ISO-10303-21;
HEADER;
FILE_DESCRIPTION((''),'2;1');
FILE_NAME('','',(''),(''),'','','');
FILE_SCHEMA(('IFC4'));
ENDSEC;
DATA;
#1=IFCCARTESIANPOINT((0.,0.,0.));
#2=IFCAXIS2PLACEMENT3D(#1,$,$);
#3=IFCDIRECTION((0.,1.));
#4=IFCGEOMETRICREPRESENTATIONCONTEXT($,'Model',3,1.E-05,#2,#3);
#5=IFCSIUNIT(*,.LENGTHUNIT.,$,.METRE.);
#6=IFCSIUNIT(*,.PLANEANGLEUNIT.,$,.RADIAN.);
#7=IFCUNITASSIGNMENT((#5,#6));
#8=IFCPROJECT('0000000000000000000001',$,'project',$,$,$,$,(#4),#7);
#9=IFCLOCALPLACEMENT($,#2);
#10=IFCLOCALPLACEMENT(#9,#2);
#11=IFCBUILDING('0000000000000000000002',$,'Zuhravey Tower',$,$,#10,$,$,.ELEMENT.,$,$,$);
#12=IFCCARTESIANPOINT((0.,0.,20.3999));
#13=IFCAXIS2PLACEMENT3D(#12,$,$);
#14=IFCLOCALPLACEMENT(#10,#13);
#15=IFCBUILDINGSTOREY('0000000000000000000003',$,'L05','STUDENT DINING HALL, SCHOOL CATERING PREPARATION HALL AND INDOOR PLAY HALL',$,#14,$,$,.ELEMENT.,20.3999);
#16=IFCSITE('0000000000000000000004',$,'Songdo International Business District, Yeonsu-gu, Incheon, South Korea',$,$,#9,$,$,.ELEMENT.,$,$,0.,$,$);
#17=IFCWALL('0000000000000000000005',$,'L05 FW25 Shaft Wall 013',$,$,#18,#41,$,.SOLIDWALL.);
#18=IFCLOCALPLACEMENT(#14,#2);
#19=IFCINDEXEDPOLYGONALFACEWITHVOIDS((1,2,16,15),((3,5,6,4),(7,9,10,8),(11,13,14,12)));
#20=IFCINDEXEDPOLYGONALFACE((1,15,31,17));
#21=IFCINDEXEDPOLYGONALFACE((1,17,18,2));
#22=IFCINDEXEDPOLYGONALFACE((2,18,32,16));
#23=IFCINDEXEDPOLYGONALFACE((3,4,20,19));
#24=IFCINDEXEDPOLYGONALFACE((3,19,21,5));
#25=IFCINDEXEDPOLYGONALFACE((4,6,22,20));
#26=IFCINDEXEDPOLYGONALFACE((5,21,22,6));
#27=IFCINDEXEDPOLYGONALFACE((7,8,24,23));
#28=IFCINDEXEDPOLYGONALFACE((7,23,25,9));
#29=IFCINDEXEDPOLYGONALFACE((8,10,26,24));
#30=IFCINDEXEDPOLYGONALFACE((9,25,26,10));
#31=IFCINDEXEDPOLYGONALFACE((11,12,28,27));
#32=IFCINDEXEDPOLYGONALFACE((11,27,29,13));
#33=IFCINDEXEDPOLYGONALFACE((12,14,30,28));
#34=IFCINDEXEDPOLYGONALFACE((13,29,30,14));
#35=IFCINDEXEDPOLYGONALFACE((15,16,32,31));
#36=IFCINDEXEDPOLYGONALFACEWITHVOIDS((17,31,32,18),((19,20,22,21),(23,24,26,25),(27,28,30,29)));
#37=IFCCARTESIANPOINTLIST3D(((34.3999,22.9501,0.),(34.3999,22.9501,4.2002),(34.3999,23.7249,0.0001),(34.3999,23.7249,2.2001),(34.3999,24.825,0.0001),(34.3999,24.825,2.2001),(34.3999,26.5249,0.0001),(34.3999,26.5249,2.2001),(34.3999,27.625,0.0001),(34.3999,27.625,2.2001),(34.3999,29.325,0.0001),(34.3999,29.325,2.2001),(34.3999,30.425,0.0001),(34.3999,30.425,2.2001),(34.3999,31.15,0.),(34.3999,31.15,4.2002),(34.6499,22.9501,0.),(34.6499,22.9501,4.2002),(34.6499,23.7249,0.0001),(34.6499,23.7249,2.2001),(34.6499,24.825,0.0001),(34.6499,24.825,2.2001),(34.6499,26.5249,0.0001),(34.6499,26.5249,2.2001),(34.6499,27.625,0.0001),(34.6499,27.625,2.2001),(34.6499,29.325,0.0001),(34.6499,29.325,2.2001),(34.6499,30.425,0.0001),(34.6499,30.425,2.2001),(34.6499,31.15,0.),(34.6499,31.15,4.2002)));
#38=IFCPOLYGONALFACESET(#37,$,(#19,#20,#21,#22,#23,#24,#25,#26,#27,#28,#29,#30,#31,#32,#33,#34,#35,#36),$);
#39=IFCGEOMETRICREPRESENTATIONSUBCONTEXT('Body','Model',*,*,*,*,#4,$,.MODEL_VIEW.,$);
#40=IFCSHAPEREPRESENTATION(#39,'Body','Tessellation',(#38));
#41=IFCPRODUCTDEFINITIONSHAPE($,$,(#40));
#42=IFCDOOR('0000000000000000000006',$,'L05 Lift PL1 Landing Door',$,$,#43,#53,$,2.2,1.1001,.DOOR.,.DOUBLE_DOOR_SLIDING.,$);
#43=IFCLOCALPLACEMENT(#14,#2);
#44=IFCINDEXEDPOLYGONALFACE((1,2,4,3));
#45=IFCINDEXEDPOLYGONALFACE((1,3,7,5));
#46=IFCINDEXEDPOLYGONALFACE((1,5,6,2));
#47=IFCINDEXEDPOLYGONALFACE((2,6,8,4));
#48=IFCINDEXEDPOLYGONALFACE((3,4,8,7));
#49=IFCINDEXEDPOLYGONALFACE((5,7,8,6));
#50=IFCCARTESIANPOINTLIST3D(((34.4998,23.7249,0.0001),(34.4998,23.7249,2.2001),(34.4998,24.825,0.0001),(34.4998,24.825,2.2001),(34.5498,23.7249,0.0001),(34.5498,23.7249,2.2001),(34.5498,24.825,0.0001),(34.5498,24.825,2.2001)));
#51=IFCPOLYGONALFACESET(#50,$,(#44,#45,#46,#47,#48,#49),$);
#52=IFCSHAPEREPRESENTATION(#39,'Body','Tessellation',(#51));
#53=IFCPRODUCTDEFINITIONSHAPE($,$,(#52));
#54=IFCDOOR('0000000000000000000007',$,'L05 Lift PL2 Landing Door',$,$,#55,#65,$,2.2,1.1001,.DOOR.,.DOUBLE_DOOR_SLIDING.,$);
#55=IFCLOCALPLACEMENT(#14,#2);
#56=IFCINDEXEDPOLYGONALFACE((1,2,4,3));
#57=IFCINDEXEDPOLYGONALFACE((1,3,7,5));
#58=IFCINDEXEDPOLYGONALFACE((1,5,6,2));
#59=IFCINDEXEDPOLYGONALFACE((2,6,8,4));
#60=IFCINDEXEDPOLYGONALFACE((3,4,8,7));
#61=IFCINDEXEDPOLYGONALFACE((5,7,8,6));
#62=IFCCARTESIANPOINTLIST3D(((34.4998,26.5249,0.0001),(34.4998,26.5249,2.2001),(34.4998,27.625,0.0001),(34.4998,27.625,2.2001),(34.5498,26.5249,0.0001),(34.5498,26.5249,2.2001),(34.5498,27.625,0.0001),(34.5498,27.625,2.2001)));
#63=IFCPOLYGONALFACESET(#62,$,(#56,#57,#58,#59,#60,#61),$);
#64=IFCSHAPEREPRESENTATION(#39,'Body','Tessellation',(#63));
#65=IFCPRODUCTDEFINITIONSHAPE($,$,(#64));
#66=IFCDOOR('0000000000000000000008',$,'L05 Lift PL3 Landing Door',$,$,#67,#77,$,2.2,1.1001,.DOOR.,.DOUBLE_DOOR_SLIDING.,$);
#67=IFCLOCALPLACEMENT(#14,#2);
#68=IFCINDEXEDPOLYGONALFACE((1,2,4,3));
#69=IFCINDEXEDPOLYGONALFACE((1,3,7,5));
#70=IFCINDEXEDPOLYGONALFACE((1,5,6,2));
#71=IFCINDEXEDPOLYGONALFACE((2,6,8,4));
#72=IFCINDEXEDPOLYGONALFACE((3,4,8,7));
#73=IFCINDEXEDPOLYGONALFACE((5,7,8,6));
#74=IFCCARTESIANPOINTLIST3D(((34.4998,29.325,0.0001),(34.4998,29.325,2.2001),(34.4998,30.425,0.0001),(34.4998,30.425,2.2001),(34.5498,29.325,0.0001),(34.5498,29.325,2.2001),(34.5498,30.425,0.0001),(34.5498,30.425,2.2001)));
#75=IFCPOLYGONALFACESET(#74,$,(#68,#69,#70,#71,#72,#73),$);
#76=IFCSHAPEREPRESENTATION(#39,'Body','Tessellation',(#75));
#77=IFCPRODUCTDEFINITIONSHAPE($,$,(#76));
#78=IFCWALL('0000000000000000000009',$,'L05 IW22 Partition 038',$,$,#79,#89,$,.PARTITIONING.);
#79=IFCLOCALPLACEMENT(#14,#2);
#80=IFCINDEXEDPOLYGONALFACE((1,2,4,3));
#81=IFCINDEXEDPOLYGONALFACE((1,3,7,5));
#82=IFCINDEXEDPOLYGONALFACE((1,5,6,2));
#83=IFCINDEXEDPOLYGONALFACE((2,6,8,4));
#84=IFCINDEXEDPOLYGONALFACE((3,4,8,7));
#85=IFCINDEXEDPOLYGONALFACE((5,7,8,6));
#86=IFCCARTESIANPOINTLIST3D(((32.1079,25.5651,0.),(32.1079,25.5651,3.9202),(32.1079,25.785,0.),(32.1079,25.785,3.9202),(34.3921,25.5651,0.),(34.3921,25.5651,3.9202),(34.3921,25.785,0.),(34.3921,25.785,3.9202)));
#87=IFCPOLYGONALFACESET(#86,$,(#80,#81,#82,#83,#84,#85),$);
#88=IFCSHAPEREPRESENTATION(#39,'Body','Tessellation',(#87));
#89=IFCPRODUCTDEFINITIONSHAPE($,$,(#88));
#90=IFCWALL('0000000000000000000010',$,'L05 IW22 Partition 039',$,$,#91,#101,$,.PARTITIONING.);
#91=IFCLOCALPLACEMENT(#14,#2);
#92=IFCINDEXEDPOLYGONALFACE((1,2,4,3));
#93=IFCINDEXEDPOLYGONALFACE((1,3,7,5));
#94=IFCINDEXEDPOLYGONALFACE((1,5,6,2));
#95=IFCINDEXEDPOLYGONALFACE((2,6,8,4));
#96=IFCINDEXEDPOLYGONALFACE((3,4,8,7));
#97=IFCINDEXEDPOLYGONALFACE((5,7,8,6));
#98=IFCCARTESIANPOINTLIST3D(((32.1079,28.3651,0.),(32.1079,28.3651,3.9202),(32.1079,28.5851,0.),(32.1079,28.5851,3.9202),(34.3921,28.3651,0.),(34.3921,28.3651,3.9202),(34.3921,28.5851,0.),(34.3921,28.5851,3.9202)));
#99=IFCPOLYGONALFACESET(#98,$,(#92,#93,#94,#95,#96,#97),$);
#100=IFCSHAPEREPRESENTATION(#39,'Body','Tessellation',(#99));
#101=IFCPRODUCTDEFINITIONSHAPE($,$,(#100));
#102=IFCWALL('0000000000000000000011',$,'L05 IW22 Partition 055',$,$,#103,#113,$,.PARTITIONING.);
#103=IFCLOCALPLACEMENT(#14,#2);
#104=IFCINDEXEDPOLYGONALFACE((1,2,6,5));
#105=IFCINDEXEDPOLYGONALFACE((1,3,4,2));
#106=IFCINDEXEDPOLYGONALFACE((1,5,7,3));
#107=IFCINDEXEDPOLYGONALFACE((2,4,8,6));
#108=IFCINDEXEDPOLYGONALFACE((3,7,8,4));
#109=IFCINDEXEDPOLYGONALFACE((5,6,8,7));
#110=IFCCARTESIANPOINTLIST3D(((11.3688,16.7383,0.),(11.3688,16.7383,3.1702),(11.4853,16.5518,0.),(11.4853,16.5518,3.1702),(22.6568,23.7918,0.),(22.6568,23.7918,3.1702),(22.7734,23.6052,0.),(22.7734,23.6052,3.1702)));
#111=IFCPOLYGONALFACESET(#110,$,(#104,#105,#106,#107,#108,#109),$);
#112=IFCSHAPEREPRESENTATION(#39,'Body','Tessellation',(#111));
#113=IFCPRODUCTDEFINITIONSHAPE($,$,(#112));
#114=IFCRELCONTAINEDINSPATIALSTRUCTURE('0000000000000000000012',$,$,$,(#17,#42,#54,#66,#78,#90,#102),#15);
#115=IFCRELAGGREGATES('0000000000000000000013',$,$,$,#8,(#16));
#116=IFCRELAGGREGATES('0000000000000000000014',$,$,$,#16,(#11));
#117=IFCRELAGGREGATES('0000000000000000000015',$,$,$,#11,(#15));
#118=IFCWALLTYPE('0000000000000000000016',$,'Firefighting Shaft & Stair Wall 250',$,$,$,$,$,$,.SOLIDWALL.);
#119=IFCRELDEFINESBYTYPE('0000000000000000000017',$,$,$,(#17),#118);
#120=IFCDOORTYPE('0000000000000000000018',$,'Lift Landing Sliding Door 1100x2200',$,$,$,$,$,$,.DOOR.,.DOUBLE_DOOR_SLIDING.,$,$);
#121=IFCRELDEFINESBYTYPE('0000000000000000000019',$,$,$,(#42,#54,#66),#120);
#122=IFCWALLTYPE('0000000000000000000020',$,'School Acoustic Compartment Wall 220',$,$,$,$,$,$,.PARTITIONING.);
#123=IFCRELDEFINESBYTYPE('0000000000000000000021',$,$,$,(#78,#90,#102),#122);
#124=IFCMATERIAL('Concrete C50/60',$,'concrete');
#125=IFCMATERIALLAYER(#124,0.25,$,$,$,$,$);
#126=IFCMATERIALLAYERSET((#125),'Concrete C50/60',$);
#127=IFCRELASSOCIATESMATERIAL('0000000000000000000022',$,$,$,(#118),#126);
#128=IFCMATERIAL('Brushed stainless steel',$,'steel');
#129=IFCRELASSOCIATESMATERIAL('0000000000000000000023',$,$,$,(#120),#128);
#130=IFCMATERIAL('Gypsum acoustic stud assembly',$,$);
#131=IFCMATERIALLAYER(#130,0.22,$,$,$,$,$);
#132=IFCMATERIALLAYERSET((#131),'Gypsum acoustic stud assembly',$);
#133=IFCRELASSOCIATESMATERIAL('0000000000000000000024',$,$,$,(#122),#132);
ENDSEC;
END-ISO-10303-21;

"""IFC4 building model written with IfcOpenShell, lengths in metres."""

from ifc_helpers import new_model, si_unit, direction, frame, frame_2d, origin, place, context, subcontext, project, spatial, rectangle, extrude, material, layer, layer_set, type_object, element, fill, save


model = new_model("IFC4")

# Units and contexts
model_context = context("Model", 3, precision=1e-05, world=origin(), true_north=direction((0.0, 1.0)))
body_context = subcontext(model_context, "Body", "Model", "MODEL_VIEW")
ifc_project = project(units=[si_unit("LENGTHUNIT", "METRE"), si_unit("PLANEANGLEUNIT", "RADIAN")], contexts=[model_context])

# Site, building, storey
site_placement = place(None, origin())
site = spatial("IfcSite", under=ifc_project, at=site_placement, Name="Songdo International Business District, Yeonsu-gu, Incheon, South Korea", CompositionType="ELEMENT", RefElevation=0.0)
building_placement = place(site_placement, origin())
building = spatial("IfcBuilding", under=site, at=building_placement, Name="Zuhravey Tower", CompositionType="ELEMENT")
storey_placement = place(building_placement, frame((0.0, 0.0, 20.3999)))
storey = spatial("IfcBuildingStorey", under=building, at=storey_placement, Name="L05", Description="STUDENT DINING HALL, SCHOOL CATERING PREPARATION HALL AND INDOOR PLAY HALL", CompositionType="ELEMENT", Elevation=20.3999)

# Shared definitions
ifc_material_1 = material(Name="Concrete C50/60", Category="concrete")
ifc_layer_1 = layer(ifc_material_1, 0.25)
ifc_layer_set_1 = layer_set([ifc_layer_1], Name="Concrete C50/60")
wall_type_1 = type_object("IfcWallType", Name="Firefighting Shaft & Stair Wall 250", PredefinedType="SOLIDWALL", material=ifc_layer_set_1)

# Shared definitions
ifc_material_2 = material(Name="Brushed stainless steel", Category="steel")

# Wall, openings, doors
wall_1_placement = place(storey_placement, frame((34.5249, 22.95, 0.0), z_axis=(0.0, 0.0, 1.0), x_axis=(0.0, 1.0, 0.0)))
wall_1 = element("IfcWall", 1, at=wall_1_placement, inside=storey, type_object=wall_type_1, Name="L05 FW25 Shaft Wall 013", PredefinedType="SOLIDWALL", context=body_context, shape_type="SweptSolid", body=[
    extrude(rectangle(XDim=8.2, YDim=0.25, at=frame_2d((4.1001, 0.0))), origin(), (0.0, 0.0, 1.0), 4.2002),
])
opening_1_placement = place(wall_1_placement, frame((0.7749, 0.0, 0.0)))
opening_1 = element("IfcOpeningElement", 2, at=opening_1_placement, cuts=wall_1, PredefinedType="OPENING", context=body_context, shape_type="SweptSolid", body=[
    extrude(rectangle(XDim=1.1001, YDim=2.2, at=frame_2d((0.55, 1.1001))), frame((0.0, 0.137, 0.0), z_axis=(0.0, -1.0, 0.0), x_axis=(1.0, 0.0, 0.0)), (0.0, 0.0, 1.0), 0.2739),
])
opening_2_placement = place(wall_1_placement, frame((3.575, 0.0, 0.0)))
opening_2 = element("IfcOpeningElement", 3, at=opening_2_placement, cuts=wall_1, PredefinedType="OPENING", context=body_context, shape_type="SweptSolid", body=[
    extrude(rectangle(XDim=1.1001, YDim=2.2, at=frame_2d((0.55, 1.1001))), frame((0.0, 0.137, 0.0), z_axis=(0.0, -1.0, 0.0), x_axis=(1.0, 0.0, 0.0)), (0.0, 0.0, 1.0), 0.2739),
])
opening_3_placement = place(wall_1_placement, frame((6.375, 0.0, 0.0)))
opening_3 = element("IfcOpeningElement", 4, at=opening_3_placement, cuts=wall_1, PredefinedType="OPENING", context=body_context, shape_type="SweptSolid", body=[
    extrude(rectangle(XDim=1.1001, YDim=2.2, at=frame_2d((0.55, 1.1001))), frame((0.0, 0.137, 0.0), z_axis=(0.0, -1.0, 0.0), x_axis=(1.0, 0.0, 0.0)), (0.0, 0.0, 1.0), 0.2739),
])
door_type_1 = type_object("IfcDoorType", Name="Lift Landing Sliding Door 1100x2200", OperationType="DOUBLE_DOOR_SLIDING", PredefinedType="DOOR", material=ifc_material_2)
door_1_placement = place(opening_1_placement, frame((1.1001, 0.0, 0.0), z_axis=(0.0, 0.0, 1.0), x_axis=(-1.0, 0.0, 0.0)))
door_1 = element("IfcDoor", 5, at=door_1_placement, inside=storey, type_object=door_type_1, Name="L05 Lift PL1 Landing Door", OperationType="DOUBLE_DOOR_SLIDING", OverallHeight=2.2, OverallWidth=1.1001, PredefinedType="DOOR", context=body_context, shape_type="SweptSolid", body=[
    extrude(rectangle(XDim=1.1001, YDim=2.2, at=frame_2d((0.55, 1.1001))), frame((0.0, 0.0249, 0.0), z_axis=(0.0, -1.0, 0.0), x_axis=(1.0, 0.0, 0.0)), (0.0, 0.0, 1.0), 0.05),
])
fill(opening_1, door_1)
door_2_placement = place(opening_2_placement, frame((1.1001, 0.0, 0.0), z_axis=(0.0, 0.0, 1.0), x_axis=(-1.0, 0.0, 0.0)))
door_2 = element("IfcDoor", 6, at=door_2_placement, inside=storey, type_object=door_type_1, Name="L05 Lift PL2 Landing Door", OperationType="DOUBLE_DOOR_SLIDING", OverallHeight=2.2, OverallWidth=1.1001, PredefinedType="DOOR", context=body_context, shape_type="SweptSolid", body=[
    extrude(rectangle(XDim=1.1001, YDim=2.2, at=frame_2d((0.55, 1.1001))), frame((0.0, 0.0249, 0.0), z_axis=(0.0, -1.0, 0.0), x_axis=(1.0, 0.0, 0.0)), (0.0, 0.0, 1.0), 0.05),
])
fill(opening_2, door_2)
door_3_placement = place(opening_3_placement, frame((1.1001, 0.0, 0.0), z_axis=(0.0, 0.0, 1.0), x_axis=(-1.0, 0.0, 0.0)))
door_3 = element("IfcDoor", 7, at=door_3_placement, inside=storey, type_object=door_type_1, Name="L05 Lift PL3 Landing Door", OperationType="DOUBLE_DOOR_SLIDING", OverallHeight=2.2, OverallWidth=1.1001, PredefinedType="DOOR", context=body_context, shape_type="SweptSolid", body=[
    extrude(rectangle(XDim=1.1001, YDim=2.2, at=frame_2d((0.55, 1.1001))), frame((0.0, 0.0249, 0.0), z_axis=(0.0, -1.0, 0.0), x_axis=(1.0, 0.0, 0.0)), (0.0, 0.0, 1.0), 0.05),
])
fill(opening_3, door_3)

# Walls
ifc_material_3 = material(Name="Gypsum acoustic stud assembly")
ifc_layer_2 = layer(ifc_material_3, 0.22)
ifc_layer_set_2 = layer_set([ifc_layer_2], Name="Gypsum acoustic stud assembly")
wall_type_2 = type_object("IfcWallType", Name="School Acoustic Compartment Wall 220", PredefinedType="PARTITIONING", material=ifc_layer_set_2)
for number, where, z_axis, x_axis, name in (
    (8, (32.1079, 25.675, 0.0), (0.0, 0.0, 1.0), (1.0, 0.0, 0.0), "L05 IW22 Partition 038"),
    (9, (32.1079, 28.4751, 0.0), (0.0, 0.0, 1.0), (1.0, 0.0, 0.0), "L05 IW22 Partition 039"),
):
    element("IfcWall", number, at=place(storey_placement, frame(where, z_axis=z_axis, x_axis=x_axis)), inside=storey, type_object=wall_type_2, Name=name, PredefinedType="PARTITIONING", context=body_context, shape_type="SweptSolid", body=[
        extrude(rectangle(XDim=2.2842, YDim=0.22, at=frame_2d((1.1421, 0.0))), origin(), (0.0, 0.0, 1.0), 3.9202),
    ])
wall_2_placement = place(storey_placement, frame((22.7151, 23.6985, 0.0), z_axis=(0.0, 0.0, 1.0), x_axis=(-0.848052, -0.529913, 0.0)))
element("IfcWall", 10, at=wall_2_placement, inside=storey, type_object=wall_type_2, Name="L05 IW22 Partition 055", PredefinedType="PARTITIONING", context=body_context, shape_type="SweptSolid", body=[
    extrude(rectangle(XDim=13.3105, YDim=0.22, at=frame_2d((6.6553, 0.0))), origin(), (0.0, 0.0, 1.0), 3.1702),
])

save(model, "model.ifc")
